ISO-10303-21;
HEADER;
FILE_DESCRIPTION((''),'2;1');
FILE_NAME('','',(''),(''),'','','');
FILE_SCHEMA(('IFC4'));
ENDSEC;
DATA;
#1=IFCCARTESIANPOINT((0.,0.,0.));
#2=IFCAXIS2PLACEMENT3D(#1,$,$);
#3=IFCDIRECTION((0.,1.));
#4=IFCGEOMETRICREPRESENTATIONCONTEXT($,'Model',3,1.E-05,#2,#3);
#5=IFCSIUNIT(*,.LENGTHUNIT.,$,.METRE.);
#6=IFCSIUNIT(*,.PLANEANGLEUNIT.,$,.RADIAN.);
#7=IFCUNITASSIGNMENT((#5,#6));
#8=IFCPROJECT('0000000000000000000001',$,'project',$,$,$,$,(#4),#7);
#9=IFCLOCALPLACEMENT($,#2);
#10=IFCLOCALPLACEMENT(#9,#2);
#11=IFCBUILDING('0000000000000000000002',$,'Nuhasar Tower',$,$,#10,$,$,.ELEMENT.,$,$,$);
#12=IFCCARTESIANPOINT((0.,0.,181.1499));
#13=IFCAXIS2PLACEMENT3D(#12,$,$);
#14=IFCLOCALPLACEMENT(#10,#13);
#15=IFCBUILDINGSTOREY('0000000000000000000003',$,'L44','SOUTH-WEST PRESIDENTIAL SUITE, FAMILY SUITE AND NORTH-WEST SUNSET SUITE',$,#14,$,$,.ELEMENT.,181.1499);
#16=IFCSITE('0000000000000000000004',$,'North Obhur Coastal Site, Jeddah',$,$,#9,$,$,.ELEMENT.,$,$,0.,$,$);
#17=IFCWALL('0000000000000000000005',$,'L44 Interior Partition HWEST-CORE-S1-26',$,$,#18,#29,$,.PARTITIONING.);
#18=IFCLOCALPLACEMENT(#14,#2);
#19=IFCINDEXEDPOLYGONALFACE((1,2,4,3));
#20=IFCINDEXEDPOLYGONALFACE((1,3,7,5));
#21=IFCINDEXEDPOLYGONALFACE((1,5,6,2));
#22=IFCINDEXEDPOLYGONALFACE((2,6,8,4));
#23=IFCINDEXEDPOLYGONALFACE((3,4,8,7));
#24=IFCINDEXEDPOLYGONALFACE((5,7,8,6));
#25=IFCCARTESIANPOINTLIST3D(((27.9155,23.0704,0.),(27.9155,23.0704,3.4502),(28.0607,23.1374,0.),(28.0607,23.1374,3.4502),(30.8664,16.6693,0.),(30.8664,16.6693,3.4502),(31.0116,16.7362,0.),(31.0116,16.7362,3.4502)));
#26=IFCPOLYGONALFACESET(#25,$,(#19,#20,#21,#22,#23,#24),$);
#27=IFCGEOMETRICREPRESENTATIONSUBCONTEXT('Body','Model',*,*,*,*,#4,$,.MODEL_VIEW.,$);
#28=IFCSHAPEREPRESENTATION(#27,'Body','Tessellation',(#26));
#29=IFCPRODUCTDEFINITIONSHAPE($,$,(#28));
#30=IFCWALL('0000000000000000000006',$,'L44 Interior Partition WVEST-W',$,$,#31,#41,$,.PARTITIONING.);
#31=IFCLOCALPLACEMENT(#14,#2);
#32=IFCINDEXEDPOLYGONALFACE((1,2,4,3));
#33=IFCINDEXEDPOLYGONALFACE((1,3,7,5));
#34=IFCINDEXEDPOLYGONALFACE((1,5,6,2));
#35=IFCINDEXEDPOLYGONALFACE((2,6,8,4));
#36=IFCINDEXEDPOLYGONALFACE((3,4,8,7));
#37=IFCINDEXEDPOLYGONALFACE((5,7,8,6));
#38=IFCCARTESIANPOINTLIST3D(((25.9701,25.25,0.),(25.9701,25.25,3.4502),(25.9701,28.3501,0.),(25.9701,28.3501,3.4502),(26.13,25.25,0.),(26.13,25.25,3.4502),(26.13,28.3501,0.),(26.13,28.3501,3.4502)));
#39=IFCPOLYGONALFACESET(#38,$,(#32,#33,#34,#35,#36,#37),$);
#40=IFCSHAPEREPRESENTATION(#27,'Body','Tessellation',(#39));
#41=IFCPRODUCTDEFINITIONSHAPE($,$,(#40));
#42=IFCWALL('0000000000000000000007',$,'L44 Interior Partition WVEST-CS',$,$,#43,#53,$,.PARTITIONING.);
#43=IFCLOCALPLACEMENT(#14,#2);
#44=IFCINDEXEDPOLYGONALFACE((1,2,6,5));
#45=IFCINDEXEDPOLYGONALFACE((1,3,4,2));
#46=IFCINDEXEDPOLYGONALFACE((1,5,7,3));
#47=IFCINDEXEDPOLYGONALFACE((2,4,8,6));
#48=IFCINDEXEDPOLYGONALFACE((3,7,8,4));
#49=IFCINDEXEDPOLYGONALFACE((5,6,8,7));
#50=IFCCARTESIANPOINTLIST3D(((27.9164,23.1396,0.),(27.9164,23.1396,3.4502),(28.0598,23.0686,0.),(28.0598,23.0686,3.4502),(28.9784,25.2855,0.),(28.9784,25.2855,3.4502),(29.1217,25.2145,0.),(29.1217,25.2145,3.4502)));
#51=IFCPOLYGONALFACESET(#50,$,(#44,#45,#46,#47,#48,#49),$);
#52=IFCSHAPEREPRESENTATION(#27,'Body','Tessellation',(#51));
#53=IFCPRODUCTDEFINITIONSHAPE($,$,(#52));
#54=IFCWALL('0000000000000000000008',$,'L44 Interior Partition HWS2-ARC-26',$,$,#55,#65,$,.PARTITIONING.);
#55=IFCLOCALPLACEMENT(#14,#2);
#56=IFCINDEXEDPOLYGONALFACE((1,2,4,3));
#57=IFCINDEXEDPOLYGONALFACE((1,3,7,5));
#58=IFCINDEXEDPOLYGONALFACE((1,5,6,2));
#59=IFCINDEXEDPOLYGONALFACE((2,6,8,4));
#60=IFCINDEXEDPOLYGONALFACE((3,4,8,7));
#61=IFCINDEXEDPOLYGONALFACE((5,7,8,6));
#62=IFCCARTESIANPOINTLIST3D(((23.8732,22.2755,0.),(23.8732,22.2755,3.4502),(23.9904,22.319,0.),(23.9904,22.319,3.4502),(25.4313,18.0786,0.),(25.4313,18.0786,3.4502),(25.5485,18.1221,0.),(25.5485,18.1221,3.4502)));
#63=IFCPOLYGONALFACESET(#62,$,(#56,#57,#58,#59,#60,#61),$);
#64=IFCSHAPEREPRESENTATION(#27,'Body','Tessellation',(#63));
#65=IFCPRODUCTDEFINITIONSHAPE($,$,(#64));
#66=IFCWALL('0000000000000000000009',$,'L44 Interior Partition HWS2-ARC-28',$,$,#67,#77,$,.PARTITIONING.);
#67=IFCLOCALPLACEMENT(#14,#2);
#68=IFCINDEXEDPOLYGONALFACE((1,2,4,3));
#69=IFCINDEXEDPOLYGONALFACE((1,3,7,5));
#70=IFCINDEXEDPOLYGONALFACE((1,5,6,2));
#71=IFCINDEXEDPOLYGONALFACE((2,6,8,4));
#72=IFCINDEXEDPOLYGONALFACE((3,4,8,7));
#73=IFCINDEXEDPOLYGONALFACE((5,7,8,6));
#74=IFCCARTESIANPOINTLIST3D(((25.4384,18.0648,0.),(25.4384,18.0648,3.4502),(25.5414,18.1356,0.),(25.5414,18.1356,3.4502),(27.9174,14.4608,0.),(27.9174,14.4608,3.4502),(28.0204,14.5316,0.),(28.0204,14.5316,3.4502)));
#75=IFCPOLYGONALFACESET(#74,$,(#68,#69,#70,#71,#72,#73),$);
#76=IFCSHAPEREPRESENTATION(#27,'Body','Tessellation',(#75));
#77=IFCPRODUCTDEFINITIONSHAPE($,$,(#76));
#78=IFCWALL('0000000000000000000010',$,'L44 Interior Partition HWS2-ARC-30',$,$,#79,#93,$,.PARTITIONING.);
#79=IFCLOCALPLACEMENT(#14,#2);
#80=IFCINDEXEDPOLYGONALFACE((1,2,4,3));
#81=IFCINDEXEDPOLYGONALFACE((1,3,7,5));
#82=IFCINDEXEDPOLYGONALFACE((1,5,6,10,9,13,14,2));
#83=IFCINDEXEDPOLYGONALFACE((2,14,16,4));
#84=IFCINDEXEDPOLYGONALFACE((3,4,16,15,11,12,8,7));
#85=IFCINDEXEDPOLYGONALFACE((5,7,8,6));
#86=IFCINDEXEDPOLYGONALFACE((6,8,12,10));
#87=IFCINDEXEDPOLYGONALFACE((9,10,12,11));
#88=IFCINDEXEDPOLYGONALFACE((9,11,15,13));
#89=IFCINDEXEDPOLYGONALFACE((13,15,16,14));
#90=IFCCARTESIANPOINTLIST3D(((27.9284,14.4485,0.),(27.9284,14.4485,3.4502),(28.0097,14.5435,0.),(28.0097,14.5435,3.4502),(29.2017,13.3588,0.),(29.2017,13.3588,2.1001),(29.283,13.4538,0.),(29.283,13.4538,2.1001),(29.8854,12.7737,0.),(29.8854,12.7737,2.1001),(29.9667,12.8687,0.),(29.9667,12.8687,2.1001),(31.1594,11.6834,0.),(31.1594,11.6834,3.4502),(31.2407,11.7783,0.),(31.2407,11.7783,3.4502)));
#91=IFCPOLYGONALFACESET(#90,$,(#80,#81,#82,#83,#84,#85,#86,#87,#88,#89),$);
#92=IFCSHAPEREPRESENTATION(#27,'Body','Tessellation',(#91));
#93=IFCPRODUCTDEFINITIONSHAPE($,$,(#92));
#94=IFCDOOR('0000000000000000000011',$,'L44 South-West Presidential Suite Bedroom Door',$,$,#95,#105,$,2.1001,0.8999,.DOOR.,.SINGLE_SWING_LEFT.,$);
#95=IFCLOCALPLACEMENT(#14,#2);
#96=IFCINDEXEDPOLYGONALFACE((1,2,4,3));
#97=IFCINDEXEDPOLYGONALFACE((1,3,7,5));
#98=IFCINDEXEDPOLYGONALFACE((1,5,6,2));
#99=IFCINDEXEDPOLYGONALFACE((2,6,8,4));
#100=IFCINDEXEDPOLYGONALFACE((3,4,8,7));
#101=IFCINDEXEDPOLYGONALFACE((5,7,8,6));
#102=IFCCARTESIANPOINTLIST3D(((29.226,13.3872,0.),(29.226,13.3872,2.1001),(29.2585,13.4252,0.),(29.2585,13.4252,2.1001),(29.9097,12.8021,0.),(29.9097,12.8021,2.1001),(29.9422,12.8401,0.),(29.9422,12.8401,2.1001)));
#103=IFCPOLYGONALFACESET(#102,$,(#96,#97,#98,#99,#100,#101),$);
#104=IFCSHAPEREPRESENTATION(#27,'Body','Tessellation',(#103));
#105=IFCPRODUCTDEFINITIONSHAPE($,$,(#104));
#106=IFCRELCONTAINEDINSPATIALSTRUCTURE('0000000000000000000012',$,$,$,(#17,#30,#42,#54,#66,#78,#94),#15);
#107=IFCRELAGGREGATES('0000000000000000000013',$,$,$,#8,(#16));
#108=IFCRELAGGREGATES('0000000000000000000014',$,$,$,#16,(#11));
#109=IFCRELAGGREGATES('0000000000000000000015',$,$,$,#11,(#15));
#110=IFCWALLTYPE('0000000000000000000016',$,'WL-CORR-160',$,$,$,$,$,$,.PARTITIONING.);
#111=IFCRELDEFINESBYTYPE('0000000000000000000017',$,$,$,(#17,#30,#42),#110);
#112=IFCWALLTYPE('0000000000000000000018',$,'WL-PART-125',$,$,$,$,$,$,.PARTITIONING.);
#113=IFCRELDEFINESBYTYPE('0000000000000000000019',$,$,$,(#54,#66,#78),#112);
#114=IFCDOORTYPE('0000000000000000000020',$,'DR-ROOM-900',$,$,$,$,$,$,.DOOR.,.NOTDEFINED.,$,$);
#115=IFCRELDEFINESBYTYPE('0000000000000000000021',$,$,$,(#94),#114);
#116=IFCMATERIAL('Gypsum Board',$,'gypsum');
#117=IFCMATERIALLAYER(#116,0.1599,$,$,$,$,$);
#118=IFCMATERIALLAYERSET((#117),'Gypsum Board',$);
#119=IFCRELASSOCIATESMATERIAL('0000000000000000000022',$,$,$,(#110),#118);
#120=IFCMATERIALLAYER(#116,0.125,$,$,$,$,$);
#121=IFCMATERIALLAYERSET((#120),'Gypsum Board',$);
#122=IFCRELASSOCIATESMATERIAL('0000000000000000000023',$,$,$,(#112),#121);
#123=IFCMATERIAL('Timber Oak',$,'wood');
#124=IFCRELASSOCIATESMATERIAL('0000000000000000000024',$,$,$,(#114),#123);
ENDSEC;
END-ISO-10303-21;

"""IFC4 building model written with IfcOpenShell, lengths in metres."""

from ifc_helpers import new_model, si_unit, direction, frame, frame_2d, origin, place, context, subcontext, project, spatial, rectangle, extrude, material, layer, layer_set, type_object, element, fill, save


model = new_model("IFC4")

# Units and contexts
model_context = context("Model", 3, precision=1e-05, world=origin(), true_north=direction((0.0, 1.0)))
body_context = subcontext(model_context, "Body", "Model", "MODEL_VIEW")
ifc_project = project(units=[si_unit("LENGTHUNIT", "METRE"), si_unit("PLANEANGLEUNIT", "RADIAN")], contexts=[model_context])

# Site, building, storey
site_placement = place(None, origin())
site = spatial("IfcSite", under=ifc_project, at=site_placement, Name="North Obhur Coastal Site, Jeddah", CompositionType="ELEMENT", RefElevation=0.0)
building_placement = place(site_placement, origin())
building = spatial("IfcBuilding", under=site, at=building_placement, Name="Nuhasar Tower", CompositionType="ELEMENT")
storey_placement = place(building_placement, frame((0.0, 0.0, 181.1499)))
storey = spatial("IfcBuildingStorey", under=building, at=storey_placement, Name="L44", Description="SOUTH-WEST PRESIDENTIAL SUITE, FAMILY SUITE AND NORTH-WEST SUNSET SUITE", CompositionType="ELEMENT", Elevation=181.1499)

# Wall
ifc_material_1 = material(Name="Gypsum Board", Category="gypsum")
ifc_layer_1 = layer(ifc_material_1, 0.1599)
ifc_layer_set_1 = layer_set([ifc_layer_1], Name="Gypsum Board")
wall_type_1 = type_object("IfcWallType", Name="WL-CORR-160", PredefinedType="PARTITIONING", material=ifc_layer_set_1)
wall_1_placement = place(storey_placement, frame((27.988, 23.104, 0.0), z_axis=(0.0, 0.0, 1.0), x_axis=(0.418656, -0.908145, 0.0)))
element("IfcWall", 1, at=wall_1_placement, inside=storey, type_object=wall_type_1, Name="L44 Interior Partition HWEST-CORE-S1-26", PredefinedType="PARTITIONING", context=body_context, shape_type="SweptSolid", body=[
    extrude(rectangle(XDim=7.0486, YDim=0.1599, at=frame_2d((3.5244, 0.0))), origin(), (0.0, 0.0, 1.0), 3.4502),
])

# Shared definitions
ifc_material_2 = material(Name="Timber Oak", Category="wood")

# Walls
wall_2_placement = place(storey_placement, frame((26.05, 25.25, 0.0), z_axis=(0.0, 0.0, 1.0), x_axis=(0.0, 1.0, 0.0)))
element("IfcWall", 2, at=wall_2_placement, inside=storey, type_object=wall_type_1, Name="L44 Interior Partition WVEST-W", PredefinedType="PARTITIONING", context=body_context, shape_type="SweptSolid", body=[
    extrude(rectangle(XDim=3.1001, YDim=0.1599, at=frame_2d((1.55, 0.0))), origin(), (0.0, 0.0, 1.0), 3.4502),
])
wall_3_placement = place(storey_placement, frame((27.988, 23.104, 0.0), z_axis=(0.0, 0.0, 1.0), x_axis=(0.443539, 0.896255, 0.0)))
element("IfcWall", 3, at=wall_3_placement, inside=storey, type_object=wall_type_1, Name="L44 Interior Partition WVEST-CS", PredefinedType="PARTITIONING", context=body_context, shape_type="SweptSolid", body=[
    extrude(rectangle(XDim=2.3943, YDim=0.1599, at=frame_2d((1.1973, 0.0))), origin(), (0.0, 0.0, 1.0), 3.4502),
])
ifc_layer_2 = layer(ifc_material_1, 0.125)
ifc_layer_set_2 = layer_set([ifc_layer_2], Name="Gypsum Board")
wall_type_2 = type_object("IfcWallType", Name="WL-PART-125", PredefinedType="PARTITIONING", material=ifc_layer_set_2)
wall_4_placement = place(storey_placement, frame((23.9319, 22.2971, 0.0), z_axis=(0.0, 0.0, 1.0), x_axis=(0.348032, -0.937483, 0.0)))
element("IfcWall", 4, at=wall_4_placement, inside=storey, type_object=wall_type_2, Name="L44 Interior Partition HWS2-ARC-26", PredefinedType="PARTITIONING", context=body_context, shape_type="SweptSolid", body=[
    extrude(rectangle(XDim=4.4768, YDim=0.125, at=frame_2d((2.2383, 0.0))), origin(), (0.0, 0.0, 1.0), 3.4502),
])
wall_5_placement = place(storey_placement, frame((25.49, 18.1001, 0.0), z_axis=(0.0, 0.0, 1.0), x_axis=(0.566723, -0.823908, 0.0)))
element("IfcWall", 5, at=wall_5_placement, inside=storey, type_object=wall_type_2, Name="L44 Interior Partition HWS2-ARC-28", PredefinedType="PARTITIONING", context=body_context, shape_type="SweptSolid", body=[
    extrude(rectangle(XDim=4.3743, YDim=0.125, at=frame_2d((2.187, 0.0))), origin(), (0.0, 0.0, 1.0), 3.4502),
])

# Wall, opening, door
wall_6_placement = place(storey_placement, frame((27.969, 14.4961, 0.0), z_axis=(0.0, 0.0, 1.0), x_axis=(0.759751, -0.650214, 0.0)))
wall_6 = element("IfcWall", 6, at=wall_6_placement, inside=storey, type_object=wall_type_2, Name="L44 Interior Partition HWS2-ARC-30", PredefinedType="PARTITIONING", context=body_context, shape_type="SweptSolid", body=[
    extrude(rectangle(XDim=4.2527, YDim=0.125, at=frame_2d((2.1265, 0.0))), origin(), (0.0, 0.0, 1.0), 3.4502),
])
opening_1_placement = place(wall_6_placement, frame((1.676, 0.0, 0.0)))
opening_1 = element("IfcOpeningElement", 7, at=opening_1_placement, cuts=wall_6, PredefinedType="OPENING", context=body_context, shape_type="SweptSolid", body=[
    extrude(rectangle(XDim=0.8999, YDim=2.1001, at=frame_2d((0.45, 1.05))), frame((0.0, 0.0725, 0.0), z_axis=(0.0, -1.0, 0.0), x_axis=(1.0, 0.0, 0.0)), (0.0, 0.0, 1.0), 0.145),
])
door_type_1 = type_object("IfcDoorType", Name="DR-ROOM-900", OperationType="NOTDEFINED", PredefinedType="DOOR", material=ifc_material_2)
door_1_placement = place(opening_1_placement, origin())
door_1 = element("IfcDoor", 8, at=door_1_placement, inside=storey, type_object=door_type_1, Name="L44 South-West Presidential Suite Bedroom Door", OperationType="SINGLE_SWING_LEFT", OverallHeight=2.1001, OverallWidth=0.8999, PredefinedType="DOOR", context=body_context, shape_type="SweptSolid", body=[
    extrude(rectangle(XDim=0.8999, YDim=2.1001, at=frame_2d((0.45, 1.05))), frame((0.0, 0.0249, 0.0), z_axis=(0.0, -1.0, 0.0), x_axis=(1.0, 0.0, 0.0)), (0.0, 0.0, 1.0), 0.05),
])
fill(opening_1, door_1)

save(model, "model.ifc")
